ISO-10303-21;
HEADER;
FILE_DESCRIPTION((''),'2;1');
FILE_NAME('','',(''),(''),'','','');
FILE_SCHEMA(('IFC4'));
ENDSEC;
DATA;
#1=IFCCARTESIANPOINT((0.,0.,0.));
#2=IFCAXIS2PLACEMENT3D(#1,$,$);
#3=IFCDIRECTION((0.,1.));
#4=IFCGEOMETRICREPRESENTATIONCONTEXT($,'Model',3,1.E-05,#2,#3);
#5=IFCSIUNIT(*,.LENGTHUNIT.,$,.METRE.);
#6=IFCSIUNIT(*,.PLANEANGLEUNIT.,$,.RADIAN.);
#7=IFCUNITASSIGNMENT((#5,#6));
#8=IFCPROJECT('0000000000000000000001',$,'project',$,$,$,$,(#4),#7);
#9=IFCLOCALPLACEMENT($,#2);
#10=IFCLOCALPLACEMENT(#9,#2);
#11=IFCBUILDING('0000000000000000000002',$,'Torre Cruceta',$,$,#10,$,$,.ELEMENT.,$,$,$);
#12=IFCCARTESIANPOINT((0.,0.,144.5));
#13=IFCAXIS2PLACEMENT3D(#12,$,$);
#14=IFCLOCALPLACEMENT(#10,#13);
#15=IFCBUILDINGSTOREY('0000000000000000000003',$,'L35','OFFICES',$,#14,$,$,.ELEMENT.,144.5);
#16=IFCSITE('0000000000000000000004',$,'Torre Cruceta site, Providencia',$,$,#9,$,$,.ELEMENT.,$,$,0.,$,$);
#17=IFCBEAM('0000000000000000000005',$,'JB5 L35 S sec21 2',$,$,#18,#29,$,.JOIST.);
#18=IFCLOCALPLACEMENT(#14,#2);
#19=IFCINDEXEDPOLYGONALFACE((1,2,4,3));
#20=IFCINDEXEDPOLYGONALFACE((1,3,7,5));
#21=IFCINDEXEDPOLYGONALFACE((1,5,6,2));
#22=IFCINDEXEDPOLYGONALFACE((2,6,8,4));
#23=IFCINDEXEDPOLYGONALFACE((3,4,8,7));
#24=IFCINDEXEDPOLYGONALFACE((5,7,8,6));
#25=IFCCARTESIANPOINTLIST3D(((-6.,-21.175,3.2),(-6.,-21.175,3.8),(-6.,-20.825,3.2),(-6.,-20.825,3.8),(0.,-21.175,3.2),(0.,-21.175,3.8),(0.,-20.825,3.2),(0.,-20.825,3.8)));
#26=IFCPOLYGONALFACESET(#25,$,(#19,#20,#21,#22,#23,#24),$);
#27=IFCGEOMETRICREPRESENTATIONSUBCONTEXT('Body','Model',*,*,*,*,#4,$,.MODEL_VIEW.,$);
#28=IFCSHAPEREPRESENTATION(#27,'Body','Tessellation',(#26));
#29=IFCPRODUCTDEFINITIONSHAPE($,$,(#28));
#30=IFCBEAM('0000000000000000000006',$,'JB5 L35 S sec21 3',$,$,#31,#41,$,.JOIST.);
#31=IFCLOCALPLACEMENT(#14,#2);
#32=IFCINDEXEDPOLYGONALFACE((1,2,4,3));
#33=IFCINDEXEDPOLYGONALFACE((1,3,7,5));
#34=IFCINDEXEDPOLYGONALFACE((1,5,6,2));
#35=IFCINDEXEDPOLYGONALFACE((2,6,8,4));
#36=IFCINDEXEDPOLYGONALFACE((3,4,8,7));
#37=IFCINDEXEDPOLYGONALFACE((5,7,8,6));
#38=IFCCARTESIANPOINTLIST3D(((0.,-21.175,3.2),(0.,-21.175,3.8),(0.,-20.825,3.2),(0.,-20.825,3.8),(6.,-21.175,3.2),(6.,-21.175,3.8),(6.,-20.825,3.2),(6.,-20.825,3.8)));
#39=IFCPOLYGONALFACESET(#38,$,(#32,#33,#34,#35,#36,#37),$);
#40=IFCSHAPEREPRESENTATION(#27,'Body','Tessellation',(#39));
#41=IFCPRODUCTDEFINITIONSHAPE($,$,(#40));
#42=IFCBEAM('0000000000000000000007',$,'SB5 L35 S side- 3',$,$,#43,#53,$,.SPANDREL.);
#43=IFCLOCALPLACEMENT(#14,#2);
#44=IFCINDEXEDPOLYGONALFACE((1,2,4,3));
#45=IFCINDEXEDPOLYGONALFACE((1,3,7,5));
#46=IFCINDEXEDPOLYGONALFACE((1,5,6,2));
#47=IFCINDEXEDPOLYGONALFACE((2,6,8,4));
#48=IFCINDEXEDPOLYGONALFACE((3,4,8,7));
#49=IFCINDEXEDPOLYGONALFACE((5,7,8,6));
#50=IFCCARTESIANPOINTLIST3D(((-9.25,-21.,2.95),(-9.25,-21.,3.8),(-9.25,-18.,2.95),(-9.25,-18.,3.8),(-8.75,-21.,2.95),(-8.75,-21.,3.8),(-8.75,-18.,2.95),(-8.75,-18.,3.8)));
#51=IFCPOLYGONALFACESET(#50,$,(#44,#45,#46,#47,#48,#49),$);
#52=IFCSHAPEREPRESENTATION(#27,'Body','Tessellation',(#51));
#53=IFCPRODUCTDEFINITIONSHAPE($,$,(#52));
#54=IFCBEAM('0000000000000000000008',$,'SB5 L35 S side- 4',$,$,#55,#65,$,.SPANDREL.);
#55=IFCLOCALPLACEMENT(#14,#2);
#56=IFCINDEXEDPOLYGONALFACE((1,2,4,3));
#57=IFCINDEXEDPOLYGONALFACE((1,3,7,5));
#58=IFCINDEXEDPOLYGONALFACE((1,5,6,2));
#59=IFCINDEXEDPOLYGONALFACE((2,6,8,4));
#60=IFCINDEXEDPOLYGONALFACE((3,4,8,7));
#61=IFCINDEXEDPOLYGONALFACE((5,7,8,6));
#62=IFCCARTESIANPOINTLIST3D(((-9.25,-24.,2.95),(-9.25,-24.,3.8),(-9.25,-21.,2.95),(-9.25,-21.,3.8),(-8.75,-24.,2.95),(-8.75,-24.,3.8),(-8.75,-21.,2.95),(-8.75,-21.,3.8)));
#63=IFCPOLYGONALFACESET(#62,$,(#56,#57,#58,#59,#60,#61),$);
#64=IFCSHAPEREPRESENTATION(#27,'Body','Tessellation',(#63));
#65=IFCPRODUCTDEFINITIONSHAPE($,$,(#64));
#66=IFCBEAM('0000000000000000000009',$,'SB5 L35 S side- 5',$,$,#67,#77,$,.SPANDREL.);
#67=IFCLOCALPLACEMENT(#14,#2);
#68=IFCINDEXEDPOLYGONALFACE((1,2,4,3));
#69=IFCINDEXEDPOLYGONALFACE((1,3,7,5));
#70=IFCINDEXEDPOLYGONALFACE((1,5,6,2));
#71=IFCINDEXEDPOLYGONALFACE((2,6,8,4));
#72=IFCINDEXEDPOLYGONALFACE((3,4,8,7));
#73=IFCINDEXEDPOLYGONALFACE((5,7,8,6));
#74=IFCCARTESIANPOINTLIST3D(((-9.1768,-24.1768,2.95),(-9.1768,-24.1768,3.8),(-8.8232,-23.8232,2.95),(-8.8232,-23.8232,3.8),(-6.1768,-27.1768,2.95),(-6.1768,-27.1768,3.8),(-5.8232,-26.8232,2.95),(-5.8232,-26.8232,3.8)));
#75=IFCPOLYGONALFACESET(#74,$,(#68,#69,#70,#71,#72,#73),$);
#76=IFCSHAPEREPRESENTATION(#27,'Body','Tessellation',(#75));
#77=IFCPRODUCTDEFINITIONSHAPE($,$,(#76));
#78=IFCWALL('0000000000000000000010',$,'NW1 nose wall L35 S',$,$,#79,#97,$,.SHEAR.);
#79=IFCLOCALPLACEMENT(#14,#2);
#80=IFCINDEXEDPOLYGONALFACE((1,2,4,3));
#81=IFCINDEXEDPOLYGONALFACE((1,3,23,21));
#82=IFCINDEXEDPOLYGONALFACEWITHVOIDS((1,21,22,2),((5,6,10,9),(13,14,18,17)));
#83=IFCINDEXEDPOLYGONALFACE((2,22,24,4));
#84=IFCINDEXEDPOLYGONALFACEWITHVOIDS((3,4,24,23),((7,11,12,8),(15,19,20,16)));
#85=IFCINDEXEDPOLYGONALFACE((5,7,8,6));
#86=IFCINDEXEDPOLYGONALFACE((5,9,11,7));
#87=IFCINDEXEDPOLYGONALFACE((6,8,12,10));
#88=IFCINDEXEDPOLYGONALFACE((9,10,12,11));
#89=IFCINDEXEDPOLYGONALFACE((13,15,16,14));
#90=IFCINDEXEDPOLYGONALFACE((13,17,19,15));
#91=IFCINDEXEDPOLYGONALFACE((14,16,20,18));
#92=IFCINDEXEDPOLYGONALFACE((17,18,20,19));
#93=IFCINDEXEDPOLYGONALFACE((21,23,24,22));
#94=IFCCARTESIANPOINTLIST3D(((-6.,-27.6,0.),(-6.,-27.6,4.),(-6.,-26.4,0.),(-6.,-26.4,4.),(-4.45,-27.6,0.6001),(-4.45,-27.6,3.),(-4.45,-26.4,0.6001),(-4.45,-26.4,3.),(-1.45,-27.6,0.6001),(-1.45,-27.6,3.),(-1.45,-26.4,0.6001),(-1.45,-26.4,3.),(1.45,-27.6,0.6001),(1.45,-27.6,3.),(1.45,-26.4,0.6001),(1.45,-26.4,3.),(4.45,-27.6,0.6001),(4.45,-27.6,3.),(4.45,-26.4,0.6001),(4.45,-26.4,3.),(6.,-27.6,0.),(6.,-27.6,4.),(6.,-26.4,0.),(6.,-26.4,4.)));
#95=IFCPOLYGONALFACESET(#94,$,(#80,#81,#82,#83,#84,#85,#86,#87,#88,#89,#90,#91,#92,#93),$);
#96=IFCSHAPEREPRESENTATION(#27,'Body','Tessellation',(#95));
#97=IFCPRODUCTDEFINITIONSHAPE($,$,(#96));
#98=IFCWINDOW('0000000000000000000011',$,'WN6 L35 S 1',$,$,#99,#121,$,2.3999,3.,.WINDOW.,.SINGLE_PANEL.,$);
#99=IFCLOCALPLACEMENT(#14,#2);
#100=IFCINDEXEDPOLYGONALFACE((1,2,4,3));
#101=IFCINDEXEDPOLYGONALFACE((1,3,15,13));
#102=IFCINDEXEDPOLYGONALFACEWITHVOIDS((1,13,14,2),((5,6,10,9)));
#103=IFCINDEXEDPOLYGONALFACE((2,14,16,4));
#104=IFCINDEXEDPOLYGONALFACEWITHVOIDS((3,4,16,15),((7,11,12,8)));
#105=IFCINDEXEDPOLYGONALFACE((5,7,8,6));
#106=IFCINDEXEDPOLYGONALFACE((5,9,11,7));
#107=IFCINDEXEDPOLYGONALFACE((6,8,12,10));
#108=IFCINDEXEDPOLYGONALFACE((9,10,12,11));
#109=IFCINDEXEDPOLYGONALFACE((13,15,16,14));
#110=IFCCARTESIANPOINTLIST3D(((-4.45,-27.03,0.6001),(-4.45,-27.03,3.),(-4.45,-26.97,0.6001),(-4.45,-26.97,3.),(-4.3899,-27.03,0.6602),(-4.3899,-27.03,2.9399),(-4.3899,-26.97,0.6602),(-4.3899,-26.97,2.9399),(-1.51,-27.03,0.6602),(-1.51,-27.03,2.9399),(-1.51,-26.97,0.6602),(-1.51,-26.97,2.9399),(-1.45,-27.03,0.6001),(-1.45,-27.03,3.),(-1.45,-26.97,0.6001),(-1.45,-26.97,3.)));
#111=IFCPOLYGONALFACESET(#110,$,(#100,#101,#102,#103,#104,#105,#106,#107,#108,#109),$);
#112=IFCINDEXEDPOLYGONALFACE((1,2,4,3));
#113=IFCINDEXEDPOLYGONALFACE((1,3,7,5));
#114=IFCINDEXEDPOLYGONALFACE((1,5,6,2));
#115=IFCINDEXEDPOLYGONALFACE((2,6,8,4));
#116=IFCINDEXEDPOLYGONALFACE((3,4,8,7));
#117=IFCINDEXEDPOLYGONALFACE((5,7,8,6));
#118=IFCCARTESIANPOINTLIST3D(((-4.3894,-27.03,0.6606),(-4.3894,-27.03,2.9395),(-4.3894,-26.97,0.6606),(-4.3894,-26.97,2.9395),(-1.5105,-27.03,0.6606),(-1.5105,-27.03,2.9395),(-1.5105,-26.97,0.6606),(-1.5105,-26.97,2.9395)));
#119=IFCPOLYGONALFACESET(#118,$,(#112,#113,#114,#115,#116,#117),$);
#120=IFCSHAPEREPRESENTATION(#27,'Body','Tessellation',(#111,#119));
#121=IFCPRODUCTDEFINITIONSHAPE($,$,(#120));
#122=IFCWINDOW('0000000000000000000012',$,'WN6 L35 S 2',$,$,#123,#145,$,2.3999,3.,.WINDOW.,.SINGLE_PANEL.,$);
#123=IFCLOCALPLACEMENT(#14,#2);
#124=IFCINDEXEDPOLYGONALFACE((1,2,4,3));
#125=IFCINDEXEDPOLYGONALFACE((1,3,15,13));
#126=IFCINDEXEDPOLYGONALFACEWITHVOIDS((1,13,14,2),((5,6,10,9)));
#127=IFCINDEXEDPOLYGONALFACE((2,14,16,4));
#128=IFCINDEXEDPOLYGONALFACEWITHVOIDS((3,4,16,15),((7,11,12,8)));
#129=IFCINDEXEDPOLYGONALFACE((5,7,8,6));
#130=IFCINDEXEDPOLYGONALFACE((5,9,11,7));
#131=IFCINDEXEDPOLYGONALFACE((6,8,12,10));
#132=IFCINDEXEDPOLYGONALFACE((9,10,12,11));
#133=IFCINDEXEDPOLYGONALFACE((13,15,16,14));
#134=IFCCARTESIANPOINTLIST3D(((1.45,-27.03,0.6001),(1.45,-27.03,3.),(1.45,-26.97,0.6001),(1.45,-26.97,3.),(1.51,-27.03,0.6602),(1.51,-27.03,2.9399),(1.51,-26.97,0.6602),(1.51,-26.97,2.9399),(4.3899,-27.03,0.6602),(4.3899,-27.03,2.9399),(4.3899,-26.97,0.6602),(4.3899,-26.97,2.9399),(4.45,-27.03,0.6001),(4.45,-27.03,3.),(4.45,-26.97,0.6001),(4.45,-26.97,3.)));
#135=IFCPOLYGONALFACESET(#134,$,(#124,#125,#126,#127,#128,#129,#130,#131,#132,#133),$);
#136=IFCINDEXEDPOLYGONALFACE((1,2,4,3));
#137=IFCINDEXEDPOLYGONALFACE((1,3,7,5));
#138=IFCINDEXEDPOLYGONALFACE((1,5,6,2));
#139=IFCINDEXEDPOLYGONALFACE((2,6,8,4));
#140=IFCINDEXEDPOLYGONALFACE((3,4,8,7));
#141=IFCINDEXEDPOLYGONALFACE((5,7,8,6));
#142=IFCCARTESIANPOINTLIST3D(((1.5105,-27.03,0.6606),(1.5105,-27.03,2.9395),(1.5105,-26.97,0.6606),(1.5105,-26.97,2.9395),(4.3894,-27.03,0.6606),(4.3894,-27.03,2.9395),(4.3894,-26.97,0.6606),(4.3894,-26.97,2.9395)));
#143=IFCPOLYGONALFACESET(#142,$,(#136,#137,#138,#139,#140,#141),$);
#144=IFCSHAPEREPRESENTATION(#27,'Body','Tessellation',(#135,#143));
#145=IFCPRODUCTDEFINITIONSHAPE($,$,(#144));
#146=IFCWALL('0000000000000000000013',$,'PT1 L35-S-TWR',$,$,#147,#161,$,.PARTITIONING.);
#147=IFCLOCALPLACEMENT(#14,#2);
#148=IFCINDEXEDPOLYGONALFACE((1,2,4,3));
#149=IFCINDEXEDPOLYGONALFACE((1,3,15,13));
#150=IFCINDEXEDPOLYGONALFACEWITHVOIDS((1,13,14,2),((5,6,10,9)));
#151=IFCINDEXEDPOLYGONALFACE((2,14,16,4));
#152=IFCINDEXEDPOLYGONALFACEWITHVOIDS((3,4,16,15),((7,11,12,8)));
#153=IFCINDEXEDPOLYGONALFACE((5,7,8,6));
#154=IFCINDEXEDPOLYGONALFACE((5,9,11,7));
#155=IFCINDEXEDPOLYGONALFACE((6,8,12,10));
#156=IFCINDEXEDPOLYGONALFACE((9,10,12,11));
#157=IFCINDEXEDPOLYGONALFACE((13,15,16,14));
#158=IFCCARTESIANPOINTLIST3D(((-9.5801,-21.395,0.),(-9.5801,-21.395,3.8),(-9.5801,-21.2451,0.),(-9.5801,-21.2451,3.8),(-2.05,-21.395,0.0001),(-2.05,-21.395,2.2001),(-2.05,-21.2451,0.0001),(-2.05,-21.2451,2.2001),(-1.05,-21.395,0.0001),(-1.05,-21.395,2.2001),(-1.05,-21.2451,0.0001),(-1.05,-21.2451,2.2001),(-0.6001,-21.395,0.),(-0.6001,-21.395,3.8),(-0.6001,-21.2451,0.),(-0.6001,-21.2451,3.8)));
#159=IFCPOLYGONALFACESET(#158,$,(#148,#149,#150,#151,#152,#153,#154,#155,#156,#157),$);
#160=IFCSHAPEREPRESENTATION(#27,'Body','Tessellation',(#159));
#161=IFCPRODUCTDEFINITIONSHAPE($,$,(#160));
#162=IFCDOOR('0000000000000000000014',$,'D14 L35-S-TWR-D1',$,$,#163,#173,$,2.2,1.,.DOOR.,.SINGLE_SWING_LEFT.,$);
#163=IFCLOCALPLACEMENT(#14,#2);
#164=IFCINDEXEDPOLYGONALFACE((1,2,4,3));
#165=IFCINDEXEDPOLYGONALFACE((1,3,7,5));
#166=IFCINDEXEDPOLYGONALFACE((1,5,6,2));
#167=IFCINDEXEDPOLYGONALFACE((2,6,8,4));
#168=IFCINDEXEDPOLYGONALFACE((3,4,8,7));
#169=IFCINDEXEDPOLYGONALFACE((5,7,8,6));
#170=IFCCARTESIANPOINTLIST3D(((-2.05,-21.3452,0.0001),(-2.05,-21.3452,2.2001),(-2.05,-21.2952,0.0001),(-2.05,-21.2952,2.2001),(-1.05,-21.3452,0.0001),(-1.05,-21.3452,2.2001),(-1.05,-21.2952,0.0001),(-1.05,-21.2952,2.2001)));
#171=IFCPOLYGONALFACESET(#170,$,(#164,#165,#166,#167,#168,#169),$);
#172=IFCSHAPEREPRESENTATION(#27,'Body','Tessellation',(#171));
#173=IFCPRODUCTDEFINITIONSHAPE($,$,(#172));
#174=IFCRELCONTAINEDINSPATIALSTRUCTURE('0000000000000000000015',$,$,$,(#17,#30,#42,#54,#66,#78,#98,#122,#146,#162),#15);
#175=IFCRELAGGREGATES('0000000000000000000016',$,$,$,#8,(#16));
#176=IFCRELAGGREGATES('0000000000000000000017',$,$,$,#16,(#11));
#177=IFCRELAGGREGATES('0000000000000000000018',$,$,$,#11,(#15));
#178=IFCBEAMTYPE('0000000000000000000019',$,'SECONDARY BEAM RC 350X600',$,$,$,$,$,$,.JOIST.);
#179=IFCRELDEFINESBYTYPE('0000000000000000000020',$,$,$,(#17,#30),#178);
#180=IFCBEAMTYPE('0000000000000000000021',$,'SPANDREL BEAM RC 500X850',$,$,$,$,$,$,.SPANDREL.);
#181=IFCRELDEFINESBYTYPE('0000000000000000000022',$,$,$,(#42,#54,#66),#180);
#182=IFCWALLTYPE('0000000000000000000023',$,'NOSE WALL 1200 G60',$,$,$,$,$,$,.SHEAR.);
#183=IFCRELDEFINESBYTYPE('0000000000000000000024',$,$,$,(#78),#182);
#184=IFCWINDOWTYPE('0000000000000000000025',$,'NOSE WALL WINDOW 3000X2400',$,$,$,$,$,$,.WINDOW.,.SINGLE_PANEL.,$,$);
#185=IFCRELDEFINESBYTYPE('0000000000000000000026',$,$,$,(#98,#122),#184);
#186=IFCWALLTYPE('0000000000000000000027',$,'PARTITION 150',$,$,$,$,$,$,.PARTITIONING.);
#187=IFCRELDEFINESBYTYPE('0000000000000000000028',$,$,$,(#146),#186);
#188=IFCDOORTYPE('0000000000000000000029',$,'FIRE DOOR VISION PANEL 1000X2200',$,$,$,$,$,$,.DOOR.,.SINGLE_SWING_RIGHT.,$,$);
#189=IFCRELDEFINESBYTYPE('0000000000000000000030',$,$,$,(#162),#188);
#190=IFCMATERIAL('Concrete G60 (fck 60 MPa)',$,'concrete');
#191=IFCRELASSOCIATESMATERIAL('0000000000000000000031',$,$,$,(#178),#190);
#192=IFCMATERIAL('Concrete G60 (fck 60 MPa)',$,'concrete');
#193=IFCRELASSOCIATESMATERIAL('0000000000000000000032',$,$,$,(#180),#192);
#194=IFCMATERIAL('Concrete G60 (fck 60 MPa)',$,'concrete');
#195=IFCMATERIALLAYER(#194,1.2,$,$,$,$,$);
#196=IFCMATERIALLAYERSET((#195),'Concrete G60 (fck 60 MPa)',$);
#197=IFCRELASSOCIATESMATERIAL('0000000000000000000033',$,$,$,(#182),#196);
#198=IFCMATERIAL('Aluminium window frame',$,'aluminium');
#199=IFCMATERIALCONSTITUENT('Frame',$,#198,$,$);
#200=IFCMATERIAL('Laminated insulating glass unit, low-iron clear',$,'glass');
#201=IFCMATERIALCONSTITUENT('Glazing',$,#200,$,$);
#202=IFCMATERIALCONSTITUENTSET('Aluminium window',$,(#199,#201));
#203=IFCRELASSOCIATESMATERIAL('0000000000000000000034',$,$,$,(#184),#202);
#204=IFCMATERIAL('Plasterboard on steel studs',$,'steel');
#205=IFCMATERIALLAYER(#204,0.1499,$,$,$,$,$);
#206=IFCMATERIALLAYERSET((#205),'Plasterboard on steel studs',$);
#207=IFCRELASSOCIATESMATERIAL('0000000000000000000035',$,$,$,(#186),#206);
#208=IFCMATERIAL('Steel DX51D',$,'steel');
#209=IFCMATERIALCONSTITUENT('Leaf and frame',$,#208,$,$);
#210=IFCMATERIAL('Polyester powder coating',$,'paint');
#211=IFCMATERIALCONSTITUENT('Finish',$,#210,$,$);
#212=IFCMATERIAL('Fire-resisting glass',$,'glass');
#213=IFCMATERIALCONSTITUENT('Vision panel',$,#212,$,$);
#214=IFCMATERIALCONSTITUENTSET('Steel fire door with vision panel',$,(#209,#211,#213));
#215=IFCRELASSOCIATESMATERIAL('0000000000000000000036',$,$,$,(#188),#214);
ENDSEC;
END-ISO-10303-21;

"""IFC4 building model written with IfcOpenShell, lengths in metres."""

from ifc_helpers import new_model, si_unit, direction, frame, frame_2d, origin, origin_2d, place, context, subcontext, project, spatial, rectangle, hollow_rectangle, extrude, material, layer, layer_set, constituent, constituent_set, material_profile, profile_set, type_object, element, fill, save


model = new_model("IFC4")

# Units and contexts
model_context = context("Model", 3, precision=1e-05, world=origin(), true_north=direction((0.0, 1.0)))
body_context = subcontext(model_context, "Body", "Model", "MODEL_VIEW")
ifc_project = project(units=[si_unit("LENGTHUNIT", "METRE"), si_unit("PLANEANGLEUNIT", "RADIAN")], contexts=[model_context])

# Site, building, storey
site_placement = place(None, origin())
site = spatial("IfcSite", under=ifc_project, at=site_placement, Name="Torre Cruceta site, Providencia", CompositionType="ELEMENT", RefElevation=0.0)
building_placement = place(site_placement, origin())
building = spatial("IfcBuilding", under=site, at=building_placement, Name="Torre Cruceta", CompositionType="ELEMENT")
storey_placement = place(building_placement, frame((0.0, 0.0, 144.5)))
storey = spatial("IfcBuildingStorey", under=building, at=storey_placement, Name="L35", Description="OFFICES", CompositionType="ELEMENT", Elevation=144.5)

# Beams
ifc_material_1 = material(Name="Concrete G60 (fck 60 MPa)", Category="concrete")
ifc_material_profile_1 = material_profile(ifc_material_1, rectangle(XDim=0.3501, YDim=0.6001, at=origin_2d()), Name="RC 350X600")
ifc_profile_set_1 = profile_set([ifc_material_profile_1], Name="Concrete G60 (fck 60 MPa)")
beam_type_1 = type_object("IfcBeamType", Name="SECONDARY BEAM RC 350X600", PredefinedType="JOIST", material=ifc_profile_set_1)
for number, where, z_axis, x_axis, name in (
    (1, (-6.0, -21.0, 3.5), (1.0, 0.0, 0.0), (0.0, 1.0, 0.0), "JB5 L35 S sec21 2"),
    (2, (0.0, -21.0, 3.5), (1.0, 0.0, 0.0), (0.0, 1.0, 0.0), "JB5 L35 S sec21 3"),
):
    element("IfcBeam", number, at=place(storey_placement, frame(where, z_axis=z_axis, x_axis=x_axis)), inside=storey, type_object=beam_type_1, Name=name, PredefinedType="JOIST", context=body_context, shape_type="SweptSolid", body=[
        extrude(rectangle(XDim=0.3501, YDim=0.6001, at=origin_2d()), origin(), (0.0, 0.0, 1.0), 6.0),
    ])
ifc_material_2 = material(Name="Concrete G60 (fck 60 MPa)", Category="concrete")
ifc_material_profile_2 = material_profile(ifc_material_2, rectangle(XDim=0.5, YDim=0.8501, at=origin_2d()), Name="RC 500X850")
ifc_profile_set_2 = profile_set([ifc_material_profile_2], Name="Concrete G60 (fck 60 MPa)")
beam_type_2 = type_object("IfcBeamType", Name="SPANDREL BEAM RC 500X850", PredefinedType="SPANDREL", material=ifc_profile_set_2)
for number, where, z_axis, x_axis, name in (
    (3, (-9.0, -18.0, 3.375), (0.0, -1.0, 0.0), (1.0, 0.0, 0.0), "SB5 L35 S side- 3"),
    (4, (-9.0, -21.0, 3.375), (0.0, -1.0, 0.0), (1.0, 0.0, 0.0), "SB5 L35 S side- 4"),
):
    element("IfcBeam", number, at=place(storey_placement, frame(where, z_axis=z_axis, x_axis=x_axis)), inside=storey, type_object=beam_type_2, Name=name, PredefinedType="SPANDREL", context=body_context, shape_type="SweptSolid", body=[
        extrude(rectangle(XDim=0.5, YDim=0.8501, at=origin_2d()), origin(), (0.0, 0.0, 1.0), 3.0),
    ])
beam_1_placement = place(storey_placement, frame((-9.0, -24.0, 3.375), z_axis=(0.707107, -0.707107, 0.0), x_axis=(0.707107, 0.707107, 0.0)))
element("IfcBeam", 5, at=beam_1_placement, inside=storey, type_object=beam_type_2, Name="SB5 L35 S side- 5", PredefinedType="SPANDREL", context=body_context, shape_type="SweptSolid", body=[
    extrude(rectangle(XDim=0.5, YDim=0.8501, at=origin_2d()), origin(), (0.0, 0.0, 1.0), 4.2427),
])

# Wall, openings, windows
ifc_material_3 = material(Name="Concrete G60 (fck 60 MPa)", Category="concrete")
ifc_layer_1 = layer(ifc_material_3, 1.2)
ifc_layer_set_1 = layer_set([ifc_layer_1], Name="Concrete G60 (fck 60 MPa)")
wall_type_1 = type_object("IfcWallType", Name="NOSE WALL 1200 G60", PredefinedType="SHEAR", material=ifc_layer_set_1)
wall_1_placement = place(storey_placement, frame((-6.0, -27.0, 0.0), z_axis=(0.0, 0.0, 1.0), x_axis=(1.0, 0.0, 0.0)))
wall_1 = element("IfcWall", 6, at=wall_1_placement, inside=storey, type_object=wall_type_1, Name="NW1 nose wall L35 S", PredefinedType="SHEAR", context=body_context, shape_type="SweptSolid", body=[
    extrude(rectangle(XDim=12.0, YDim=1.2, at=frame_2d((6.0, 0.0))), origin(), (0.0, 0.0, 1.0), 4.0),
])
opening_1_placement = place(wall_1_placement, frame((1.55, 0.0, 0.6001)))
opening_1 = element("IfcOpeningElement", 7, at=opening_1_placement, cuts=wall_1, PredefinedType="OPENING", context=body_context, shape_type="SweptSolid", body=[
    extrude(rectangle(XDim=3.0, YDim=2.3999, at=frame_2d((1.5, 1.2))), frame((0.0, 0.6099, 0.0), z_axis=(0.0, -1.0, 0.0), x_axis=(1.0, 0.0, 0.0)), (0.0, 0.0, 1.0), 1.22),
])
opening_2_placement = place(wall_1_placement, frame((7.45, 0.0, 0.6001)))
opening_2 = element("IfcOpeningElement", 8, at=opening_2_placement, cuts=wall_1, PredefinedType="OPENING", context=body_context, shape_type="SweptSolid", body=[
    extrude(rectangle(XDim=3.0, YDim=2.3999, at=frame_2d((1.5, 1.2))), frame((0.0, 0.6099, 0.0), z_axis=(0.0, -1.0, 0.0), x_axis=(1.0, 0.0, 0.0)), (0.0, 0.0, 1.0), 1.22),
])
ifc_material_4 = material(Name="Aluminium window frame", Category="aluminium")
ifc_constituent_1 = constituent(ifc_material_4, Name="Frame")
ifc_material_5 = material(Name="Laminated insulating glass unit, low-iron clear", Category="glass")
ifc_constituent_2 = constituent(ifc_material_5, Name="Glazing")
ifc_constituent_set_1 = constituent_set(constituents=[ifc_constituent_1, ifc_constituent_2], Name="Aluminium window")
window_type = type_object("IfcWindowType", Name="NOSE WALL WINDOW 3000X2400", PartitioningType="SINGLE_PANEL", PredefinedType="WINDOW", material=ifc_constituent_set_1)
window_1_placement = place(opening_1_placement, origin())
window_1 = element("IfcWindow", 9, at=window_1_placement, inside=storey, type_object=window_type, Name="WN6 L35 S 1", OverallHeight=2.3999, OverallWidth=3.0, PartitioningType="SINGLE_PANEL", PredefinedType="WINDOW", context=body_context, shape_type="SweptSolid", body=[
    extrude(hollow_rectangle(XDim=3.0, YDim=2.3999, WallThickness=0.0601, at=frame_2d((1.5, 1.2))), frame((0.0, 0.03, 0.0), z_axis=(0.0, -1.0, 0.0), x_axis=(1.0, 0.0, 0.0)), (0.0, 0.0, 1.0), 0.0601),
    extrude(rectangle(XDim=2.8789, YDim=2.2788, at=frame_2d((1.5, 1.2))), frame((0.0, 0.03, 0.0), z_axis=(0.0, -1.0, 0.0), x_axis=(1.0, 0.0, 0.0)), (0.0, 0.0, 1.0), 0.0601),
])
fill(opening_1, window_1)
window_2_placement = place(opening_2_placement, origin())
window_2 = element("IfcWindow", 10, at=window_2_placement, inside=storey, type_object=window_type, Name="WN6 L35 S 2", OverallHeight=2.3999, OverallWidth=3.0, PartitioningType="SINGLE_PANEL", PredefinedType="WINDOW", context=body_context, shape_type="SweptSolid", body=[
    extrude(hollow_rectangle(XDim=3.0, YDim=2.3999, WallThickness=0.0601, at=frame_2d((1.5, 1.2))), frame((0.0, 0.03, 0.0), z_axis=(0.0, -1.0, 0.0), x_axis=(1.0, 0.0, 0.0)), (0.0, 0.0, 1.0), 0.0601),
    extrude(rectangle(XDim=2.8789, YDim=2.2788, at=frame_2d((1.5, 1.2))), frame((0.0, 0.03, 0.0), z_axis=(0.0, -1.0, 0.0), x_axis=(1.0, 0.0, 0.0)), (0.0, 0.0, 1.0), 0.0601),
])
fill(opening_2, window_2)

# Wall, opening, door
ifc_material_6 = material(Name="Plasterboard on steel studs", Category="steel")
ifc_layer_2 = layer(ifc_material_6, 0.1499)
ifc_layer_set_2 = layer_set([ifc_layer_2], Name="Plasterboard on steel studs")
wall_type_2 = type_object("IfcWallType", Name="PARTITION 150", PredefinedType="PARTITIONING", material=ifc_layer_set_2)
wall_2_placement = place(storey_placement, frame((-9.5801, -21.3201, 0.0), z_axis=(0.0, 0.0, 1.0), x_axis=(1.0, 0.0, 0.0)))
wall_2 = element("IfcWall", 11, at=wall_2_placement, inside=storey, type_object=wall_type_2, Name="PT1 L35-S-TWR", PredefinedType="PARTITIONING", context=body_context, shape_type="SweptSolid", body=[
    extrude(rectangle(XDim=8.98, YDim=0.1499, at=frame_2d((4.49, 0.0))), origin(), (0.0, 0.0, 1.0), 3.8),
])
opening_3_placement = place(wall_2_placement, frame((7.53, 0.0, 0.0)))
opening_3 = element("IfcOpeningElement", 12, at=opening_3_placement, cuts=wall_2, PredefinedType="OPENING", context=body_context, shape_type="SweptSolid", body=[
    extrude(rectangle(XDim=1.0, YDim=2.2, at=frame_2d((0.5, 1.1001))), frame((0.0, 0.085, 0.0), z_axis=(0.0, -1.0, 0.0), x_axis=(1.0, 0.0, 0.0)), (0.0, 0.0, 1.0), 0.1699),
])
ifc_material_7 = material(Name="Steel DX51D", Category="steel")
ifc_constituent_3 = constituent(ifc_material_7, Name="Leaf and frame")
ifc_material_8 = material(Name="Polyester powder coating", Category="paint")
ifc_constituent_4 = constituent(ifc_material_8, Name="Finish")
ifc_material_9 = material(Name="Fire-resisting glass", Category="glass")
ifc_constituent_5 = constituent(ifc_material_9, Name="Vision panel")
ifc_constituent_set_2 = constituent_set(constituents=[ifc_constituent_3, ifc_constituent_4, ifc_constituent_5], Name="Steel fire door with vision panel")
door_type = type_object("IfcDoorType", Name="FIRE DOOR VISION PANEL 1000X2200", OperationType="SINGLE_SWING_RIGHT", PredefinedType="DOOR", material=ifc_constituent_set_2)
door_placement = place(opening_3_placement, frame((1.0, 0.0, 0.0), z_axis=(0.0, 0.0, 1.0), x_axis=(-1.0, 0.0, 0.0)))
door = element("IfcDoor", 13, at=door_placement, inside=storey, type_object=door_type, Name="D14 L35-S-TWR-D1", OperationType="SINGLE_SWING_LEFT", OverallHeight=2.2, OverallWidth=1.0, PredefinedType="DOOR", context=body_context, shape_type="SweptSolid", body=[
    extrude(rectangle(XDim=1.0, YDim=2.2, at=frame_2d((0.5, 1.1001))), frame((0.0, 0.0251, 0.0), z_axis=(0.0, -1.0, 0.0), x_axis=(1.0, 0.0, 0.0)), (0.0, 0.0, 1.0), 0.05),
])
fill(opening_3, door)

save(model, "model.ifc")
